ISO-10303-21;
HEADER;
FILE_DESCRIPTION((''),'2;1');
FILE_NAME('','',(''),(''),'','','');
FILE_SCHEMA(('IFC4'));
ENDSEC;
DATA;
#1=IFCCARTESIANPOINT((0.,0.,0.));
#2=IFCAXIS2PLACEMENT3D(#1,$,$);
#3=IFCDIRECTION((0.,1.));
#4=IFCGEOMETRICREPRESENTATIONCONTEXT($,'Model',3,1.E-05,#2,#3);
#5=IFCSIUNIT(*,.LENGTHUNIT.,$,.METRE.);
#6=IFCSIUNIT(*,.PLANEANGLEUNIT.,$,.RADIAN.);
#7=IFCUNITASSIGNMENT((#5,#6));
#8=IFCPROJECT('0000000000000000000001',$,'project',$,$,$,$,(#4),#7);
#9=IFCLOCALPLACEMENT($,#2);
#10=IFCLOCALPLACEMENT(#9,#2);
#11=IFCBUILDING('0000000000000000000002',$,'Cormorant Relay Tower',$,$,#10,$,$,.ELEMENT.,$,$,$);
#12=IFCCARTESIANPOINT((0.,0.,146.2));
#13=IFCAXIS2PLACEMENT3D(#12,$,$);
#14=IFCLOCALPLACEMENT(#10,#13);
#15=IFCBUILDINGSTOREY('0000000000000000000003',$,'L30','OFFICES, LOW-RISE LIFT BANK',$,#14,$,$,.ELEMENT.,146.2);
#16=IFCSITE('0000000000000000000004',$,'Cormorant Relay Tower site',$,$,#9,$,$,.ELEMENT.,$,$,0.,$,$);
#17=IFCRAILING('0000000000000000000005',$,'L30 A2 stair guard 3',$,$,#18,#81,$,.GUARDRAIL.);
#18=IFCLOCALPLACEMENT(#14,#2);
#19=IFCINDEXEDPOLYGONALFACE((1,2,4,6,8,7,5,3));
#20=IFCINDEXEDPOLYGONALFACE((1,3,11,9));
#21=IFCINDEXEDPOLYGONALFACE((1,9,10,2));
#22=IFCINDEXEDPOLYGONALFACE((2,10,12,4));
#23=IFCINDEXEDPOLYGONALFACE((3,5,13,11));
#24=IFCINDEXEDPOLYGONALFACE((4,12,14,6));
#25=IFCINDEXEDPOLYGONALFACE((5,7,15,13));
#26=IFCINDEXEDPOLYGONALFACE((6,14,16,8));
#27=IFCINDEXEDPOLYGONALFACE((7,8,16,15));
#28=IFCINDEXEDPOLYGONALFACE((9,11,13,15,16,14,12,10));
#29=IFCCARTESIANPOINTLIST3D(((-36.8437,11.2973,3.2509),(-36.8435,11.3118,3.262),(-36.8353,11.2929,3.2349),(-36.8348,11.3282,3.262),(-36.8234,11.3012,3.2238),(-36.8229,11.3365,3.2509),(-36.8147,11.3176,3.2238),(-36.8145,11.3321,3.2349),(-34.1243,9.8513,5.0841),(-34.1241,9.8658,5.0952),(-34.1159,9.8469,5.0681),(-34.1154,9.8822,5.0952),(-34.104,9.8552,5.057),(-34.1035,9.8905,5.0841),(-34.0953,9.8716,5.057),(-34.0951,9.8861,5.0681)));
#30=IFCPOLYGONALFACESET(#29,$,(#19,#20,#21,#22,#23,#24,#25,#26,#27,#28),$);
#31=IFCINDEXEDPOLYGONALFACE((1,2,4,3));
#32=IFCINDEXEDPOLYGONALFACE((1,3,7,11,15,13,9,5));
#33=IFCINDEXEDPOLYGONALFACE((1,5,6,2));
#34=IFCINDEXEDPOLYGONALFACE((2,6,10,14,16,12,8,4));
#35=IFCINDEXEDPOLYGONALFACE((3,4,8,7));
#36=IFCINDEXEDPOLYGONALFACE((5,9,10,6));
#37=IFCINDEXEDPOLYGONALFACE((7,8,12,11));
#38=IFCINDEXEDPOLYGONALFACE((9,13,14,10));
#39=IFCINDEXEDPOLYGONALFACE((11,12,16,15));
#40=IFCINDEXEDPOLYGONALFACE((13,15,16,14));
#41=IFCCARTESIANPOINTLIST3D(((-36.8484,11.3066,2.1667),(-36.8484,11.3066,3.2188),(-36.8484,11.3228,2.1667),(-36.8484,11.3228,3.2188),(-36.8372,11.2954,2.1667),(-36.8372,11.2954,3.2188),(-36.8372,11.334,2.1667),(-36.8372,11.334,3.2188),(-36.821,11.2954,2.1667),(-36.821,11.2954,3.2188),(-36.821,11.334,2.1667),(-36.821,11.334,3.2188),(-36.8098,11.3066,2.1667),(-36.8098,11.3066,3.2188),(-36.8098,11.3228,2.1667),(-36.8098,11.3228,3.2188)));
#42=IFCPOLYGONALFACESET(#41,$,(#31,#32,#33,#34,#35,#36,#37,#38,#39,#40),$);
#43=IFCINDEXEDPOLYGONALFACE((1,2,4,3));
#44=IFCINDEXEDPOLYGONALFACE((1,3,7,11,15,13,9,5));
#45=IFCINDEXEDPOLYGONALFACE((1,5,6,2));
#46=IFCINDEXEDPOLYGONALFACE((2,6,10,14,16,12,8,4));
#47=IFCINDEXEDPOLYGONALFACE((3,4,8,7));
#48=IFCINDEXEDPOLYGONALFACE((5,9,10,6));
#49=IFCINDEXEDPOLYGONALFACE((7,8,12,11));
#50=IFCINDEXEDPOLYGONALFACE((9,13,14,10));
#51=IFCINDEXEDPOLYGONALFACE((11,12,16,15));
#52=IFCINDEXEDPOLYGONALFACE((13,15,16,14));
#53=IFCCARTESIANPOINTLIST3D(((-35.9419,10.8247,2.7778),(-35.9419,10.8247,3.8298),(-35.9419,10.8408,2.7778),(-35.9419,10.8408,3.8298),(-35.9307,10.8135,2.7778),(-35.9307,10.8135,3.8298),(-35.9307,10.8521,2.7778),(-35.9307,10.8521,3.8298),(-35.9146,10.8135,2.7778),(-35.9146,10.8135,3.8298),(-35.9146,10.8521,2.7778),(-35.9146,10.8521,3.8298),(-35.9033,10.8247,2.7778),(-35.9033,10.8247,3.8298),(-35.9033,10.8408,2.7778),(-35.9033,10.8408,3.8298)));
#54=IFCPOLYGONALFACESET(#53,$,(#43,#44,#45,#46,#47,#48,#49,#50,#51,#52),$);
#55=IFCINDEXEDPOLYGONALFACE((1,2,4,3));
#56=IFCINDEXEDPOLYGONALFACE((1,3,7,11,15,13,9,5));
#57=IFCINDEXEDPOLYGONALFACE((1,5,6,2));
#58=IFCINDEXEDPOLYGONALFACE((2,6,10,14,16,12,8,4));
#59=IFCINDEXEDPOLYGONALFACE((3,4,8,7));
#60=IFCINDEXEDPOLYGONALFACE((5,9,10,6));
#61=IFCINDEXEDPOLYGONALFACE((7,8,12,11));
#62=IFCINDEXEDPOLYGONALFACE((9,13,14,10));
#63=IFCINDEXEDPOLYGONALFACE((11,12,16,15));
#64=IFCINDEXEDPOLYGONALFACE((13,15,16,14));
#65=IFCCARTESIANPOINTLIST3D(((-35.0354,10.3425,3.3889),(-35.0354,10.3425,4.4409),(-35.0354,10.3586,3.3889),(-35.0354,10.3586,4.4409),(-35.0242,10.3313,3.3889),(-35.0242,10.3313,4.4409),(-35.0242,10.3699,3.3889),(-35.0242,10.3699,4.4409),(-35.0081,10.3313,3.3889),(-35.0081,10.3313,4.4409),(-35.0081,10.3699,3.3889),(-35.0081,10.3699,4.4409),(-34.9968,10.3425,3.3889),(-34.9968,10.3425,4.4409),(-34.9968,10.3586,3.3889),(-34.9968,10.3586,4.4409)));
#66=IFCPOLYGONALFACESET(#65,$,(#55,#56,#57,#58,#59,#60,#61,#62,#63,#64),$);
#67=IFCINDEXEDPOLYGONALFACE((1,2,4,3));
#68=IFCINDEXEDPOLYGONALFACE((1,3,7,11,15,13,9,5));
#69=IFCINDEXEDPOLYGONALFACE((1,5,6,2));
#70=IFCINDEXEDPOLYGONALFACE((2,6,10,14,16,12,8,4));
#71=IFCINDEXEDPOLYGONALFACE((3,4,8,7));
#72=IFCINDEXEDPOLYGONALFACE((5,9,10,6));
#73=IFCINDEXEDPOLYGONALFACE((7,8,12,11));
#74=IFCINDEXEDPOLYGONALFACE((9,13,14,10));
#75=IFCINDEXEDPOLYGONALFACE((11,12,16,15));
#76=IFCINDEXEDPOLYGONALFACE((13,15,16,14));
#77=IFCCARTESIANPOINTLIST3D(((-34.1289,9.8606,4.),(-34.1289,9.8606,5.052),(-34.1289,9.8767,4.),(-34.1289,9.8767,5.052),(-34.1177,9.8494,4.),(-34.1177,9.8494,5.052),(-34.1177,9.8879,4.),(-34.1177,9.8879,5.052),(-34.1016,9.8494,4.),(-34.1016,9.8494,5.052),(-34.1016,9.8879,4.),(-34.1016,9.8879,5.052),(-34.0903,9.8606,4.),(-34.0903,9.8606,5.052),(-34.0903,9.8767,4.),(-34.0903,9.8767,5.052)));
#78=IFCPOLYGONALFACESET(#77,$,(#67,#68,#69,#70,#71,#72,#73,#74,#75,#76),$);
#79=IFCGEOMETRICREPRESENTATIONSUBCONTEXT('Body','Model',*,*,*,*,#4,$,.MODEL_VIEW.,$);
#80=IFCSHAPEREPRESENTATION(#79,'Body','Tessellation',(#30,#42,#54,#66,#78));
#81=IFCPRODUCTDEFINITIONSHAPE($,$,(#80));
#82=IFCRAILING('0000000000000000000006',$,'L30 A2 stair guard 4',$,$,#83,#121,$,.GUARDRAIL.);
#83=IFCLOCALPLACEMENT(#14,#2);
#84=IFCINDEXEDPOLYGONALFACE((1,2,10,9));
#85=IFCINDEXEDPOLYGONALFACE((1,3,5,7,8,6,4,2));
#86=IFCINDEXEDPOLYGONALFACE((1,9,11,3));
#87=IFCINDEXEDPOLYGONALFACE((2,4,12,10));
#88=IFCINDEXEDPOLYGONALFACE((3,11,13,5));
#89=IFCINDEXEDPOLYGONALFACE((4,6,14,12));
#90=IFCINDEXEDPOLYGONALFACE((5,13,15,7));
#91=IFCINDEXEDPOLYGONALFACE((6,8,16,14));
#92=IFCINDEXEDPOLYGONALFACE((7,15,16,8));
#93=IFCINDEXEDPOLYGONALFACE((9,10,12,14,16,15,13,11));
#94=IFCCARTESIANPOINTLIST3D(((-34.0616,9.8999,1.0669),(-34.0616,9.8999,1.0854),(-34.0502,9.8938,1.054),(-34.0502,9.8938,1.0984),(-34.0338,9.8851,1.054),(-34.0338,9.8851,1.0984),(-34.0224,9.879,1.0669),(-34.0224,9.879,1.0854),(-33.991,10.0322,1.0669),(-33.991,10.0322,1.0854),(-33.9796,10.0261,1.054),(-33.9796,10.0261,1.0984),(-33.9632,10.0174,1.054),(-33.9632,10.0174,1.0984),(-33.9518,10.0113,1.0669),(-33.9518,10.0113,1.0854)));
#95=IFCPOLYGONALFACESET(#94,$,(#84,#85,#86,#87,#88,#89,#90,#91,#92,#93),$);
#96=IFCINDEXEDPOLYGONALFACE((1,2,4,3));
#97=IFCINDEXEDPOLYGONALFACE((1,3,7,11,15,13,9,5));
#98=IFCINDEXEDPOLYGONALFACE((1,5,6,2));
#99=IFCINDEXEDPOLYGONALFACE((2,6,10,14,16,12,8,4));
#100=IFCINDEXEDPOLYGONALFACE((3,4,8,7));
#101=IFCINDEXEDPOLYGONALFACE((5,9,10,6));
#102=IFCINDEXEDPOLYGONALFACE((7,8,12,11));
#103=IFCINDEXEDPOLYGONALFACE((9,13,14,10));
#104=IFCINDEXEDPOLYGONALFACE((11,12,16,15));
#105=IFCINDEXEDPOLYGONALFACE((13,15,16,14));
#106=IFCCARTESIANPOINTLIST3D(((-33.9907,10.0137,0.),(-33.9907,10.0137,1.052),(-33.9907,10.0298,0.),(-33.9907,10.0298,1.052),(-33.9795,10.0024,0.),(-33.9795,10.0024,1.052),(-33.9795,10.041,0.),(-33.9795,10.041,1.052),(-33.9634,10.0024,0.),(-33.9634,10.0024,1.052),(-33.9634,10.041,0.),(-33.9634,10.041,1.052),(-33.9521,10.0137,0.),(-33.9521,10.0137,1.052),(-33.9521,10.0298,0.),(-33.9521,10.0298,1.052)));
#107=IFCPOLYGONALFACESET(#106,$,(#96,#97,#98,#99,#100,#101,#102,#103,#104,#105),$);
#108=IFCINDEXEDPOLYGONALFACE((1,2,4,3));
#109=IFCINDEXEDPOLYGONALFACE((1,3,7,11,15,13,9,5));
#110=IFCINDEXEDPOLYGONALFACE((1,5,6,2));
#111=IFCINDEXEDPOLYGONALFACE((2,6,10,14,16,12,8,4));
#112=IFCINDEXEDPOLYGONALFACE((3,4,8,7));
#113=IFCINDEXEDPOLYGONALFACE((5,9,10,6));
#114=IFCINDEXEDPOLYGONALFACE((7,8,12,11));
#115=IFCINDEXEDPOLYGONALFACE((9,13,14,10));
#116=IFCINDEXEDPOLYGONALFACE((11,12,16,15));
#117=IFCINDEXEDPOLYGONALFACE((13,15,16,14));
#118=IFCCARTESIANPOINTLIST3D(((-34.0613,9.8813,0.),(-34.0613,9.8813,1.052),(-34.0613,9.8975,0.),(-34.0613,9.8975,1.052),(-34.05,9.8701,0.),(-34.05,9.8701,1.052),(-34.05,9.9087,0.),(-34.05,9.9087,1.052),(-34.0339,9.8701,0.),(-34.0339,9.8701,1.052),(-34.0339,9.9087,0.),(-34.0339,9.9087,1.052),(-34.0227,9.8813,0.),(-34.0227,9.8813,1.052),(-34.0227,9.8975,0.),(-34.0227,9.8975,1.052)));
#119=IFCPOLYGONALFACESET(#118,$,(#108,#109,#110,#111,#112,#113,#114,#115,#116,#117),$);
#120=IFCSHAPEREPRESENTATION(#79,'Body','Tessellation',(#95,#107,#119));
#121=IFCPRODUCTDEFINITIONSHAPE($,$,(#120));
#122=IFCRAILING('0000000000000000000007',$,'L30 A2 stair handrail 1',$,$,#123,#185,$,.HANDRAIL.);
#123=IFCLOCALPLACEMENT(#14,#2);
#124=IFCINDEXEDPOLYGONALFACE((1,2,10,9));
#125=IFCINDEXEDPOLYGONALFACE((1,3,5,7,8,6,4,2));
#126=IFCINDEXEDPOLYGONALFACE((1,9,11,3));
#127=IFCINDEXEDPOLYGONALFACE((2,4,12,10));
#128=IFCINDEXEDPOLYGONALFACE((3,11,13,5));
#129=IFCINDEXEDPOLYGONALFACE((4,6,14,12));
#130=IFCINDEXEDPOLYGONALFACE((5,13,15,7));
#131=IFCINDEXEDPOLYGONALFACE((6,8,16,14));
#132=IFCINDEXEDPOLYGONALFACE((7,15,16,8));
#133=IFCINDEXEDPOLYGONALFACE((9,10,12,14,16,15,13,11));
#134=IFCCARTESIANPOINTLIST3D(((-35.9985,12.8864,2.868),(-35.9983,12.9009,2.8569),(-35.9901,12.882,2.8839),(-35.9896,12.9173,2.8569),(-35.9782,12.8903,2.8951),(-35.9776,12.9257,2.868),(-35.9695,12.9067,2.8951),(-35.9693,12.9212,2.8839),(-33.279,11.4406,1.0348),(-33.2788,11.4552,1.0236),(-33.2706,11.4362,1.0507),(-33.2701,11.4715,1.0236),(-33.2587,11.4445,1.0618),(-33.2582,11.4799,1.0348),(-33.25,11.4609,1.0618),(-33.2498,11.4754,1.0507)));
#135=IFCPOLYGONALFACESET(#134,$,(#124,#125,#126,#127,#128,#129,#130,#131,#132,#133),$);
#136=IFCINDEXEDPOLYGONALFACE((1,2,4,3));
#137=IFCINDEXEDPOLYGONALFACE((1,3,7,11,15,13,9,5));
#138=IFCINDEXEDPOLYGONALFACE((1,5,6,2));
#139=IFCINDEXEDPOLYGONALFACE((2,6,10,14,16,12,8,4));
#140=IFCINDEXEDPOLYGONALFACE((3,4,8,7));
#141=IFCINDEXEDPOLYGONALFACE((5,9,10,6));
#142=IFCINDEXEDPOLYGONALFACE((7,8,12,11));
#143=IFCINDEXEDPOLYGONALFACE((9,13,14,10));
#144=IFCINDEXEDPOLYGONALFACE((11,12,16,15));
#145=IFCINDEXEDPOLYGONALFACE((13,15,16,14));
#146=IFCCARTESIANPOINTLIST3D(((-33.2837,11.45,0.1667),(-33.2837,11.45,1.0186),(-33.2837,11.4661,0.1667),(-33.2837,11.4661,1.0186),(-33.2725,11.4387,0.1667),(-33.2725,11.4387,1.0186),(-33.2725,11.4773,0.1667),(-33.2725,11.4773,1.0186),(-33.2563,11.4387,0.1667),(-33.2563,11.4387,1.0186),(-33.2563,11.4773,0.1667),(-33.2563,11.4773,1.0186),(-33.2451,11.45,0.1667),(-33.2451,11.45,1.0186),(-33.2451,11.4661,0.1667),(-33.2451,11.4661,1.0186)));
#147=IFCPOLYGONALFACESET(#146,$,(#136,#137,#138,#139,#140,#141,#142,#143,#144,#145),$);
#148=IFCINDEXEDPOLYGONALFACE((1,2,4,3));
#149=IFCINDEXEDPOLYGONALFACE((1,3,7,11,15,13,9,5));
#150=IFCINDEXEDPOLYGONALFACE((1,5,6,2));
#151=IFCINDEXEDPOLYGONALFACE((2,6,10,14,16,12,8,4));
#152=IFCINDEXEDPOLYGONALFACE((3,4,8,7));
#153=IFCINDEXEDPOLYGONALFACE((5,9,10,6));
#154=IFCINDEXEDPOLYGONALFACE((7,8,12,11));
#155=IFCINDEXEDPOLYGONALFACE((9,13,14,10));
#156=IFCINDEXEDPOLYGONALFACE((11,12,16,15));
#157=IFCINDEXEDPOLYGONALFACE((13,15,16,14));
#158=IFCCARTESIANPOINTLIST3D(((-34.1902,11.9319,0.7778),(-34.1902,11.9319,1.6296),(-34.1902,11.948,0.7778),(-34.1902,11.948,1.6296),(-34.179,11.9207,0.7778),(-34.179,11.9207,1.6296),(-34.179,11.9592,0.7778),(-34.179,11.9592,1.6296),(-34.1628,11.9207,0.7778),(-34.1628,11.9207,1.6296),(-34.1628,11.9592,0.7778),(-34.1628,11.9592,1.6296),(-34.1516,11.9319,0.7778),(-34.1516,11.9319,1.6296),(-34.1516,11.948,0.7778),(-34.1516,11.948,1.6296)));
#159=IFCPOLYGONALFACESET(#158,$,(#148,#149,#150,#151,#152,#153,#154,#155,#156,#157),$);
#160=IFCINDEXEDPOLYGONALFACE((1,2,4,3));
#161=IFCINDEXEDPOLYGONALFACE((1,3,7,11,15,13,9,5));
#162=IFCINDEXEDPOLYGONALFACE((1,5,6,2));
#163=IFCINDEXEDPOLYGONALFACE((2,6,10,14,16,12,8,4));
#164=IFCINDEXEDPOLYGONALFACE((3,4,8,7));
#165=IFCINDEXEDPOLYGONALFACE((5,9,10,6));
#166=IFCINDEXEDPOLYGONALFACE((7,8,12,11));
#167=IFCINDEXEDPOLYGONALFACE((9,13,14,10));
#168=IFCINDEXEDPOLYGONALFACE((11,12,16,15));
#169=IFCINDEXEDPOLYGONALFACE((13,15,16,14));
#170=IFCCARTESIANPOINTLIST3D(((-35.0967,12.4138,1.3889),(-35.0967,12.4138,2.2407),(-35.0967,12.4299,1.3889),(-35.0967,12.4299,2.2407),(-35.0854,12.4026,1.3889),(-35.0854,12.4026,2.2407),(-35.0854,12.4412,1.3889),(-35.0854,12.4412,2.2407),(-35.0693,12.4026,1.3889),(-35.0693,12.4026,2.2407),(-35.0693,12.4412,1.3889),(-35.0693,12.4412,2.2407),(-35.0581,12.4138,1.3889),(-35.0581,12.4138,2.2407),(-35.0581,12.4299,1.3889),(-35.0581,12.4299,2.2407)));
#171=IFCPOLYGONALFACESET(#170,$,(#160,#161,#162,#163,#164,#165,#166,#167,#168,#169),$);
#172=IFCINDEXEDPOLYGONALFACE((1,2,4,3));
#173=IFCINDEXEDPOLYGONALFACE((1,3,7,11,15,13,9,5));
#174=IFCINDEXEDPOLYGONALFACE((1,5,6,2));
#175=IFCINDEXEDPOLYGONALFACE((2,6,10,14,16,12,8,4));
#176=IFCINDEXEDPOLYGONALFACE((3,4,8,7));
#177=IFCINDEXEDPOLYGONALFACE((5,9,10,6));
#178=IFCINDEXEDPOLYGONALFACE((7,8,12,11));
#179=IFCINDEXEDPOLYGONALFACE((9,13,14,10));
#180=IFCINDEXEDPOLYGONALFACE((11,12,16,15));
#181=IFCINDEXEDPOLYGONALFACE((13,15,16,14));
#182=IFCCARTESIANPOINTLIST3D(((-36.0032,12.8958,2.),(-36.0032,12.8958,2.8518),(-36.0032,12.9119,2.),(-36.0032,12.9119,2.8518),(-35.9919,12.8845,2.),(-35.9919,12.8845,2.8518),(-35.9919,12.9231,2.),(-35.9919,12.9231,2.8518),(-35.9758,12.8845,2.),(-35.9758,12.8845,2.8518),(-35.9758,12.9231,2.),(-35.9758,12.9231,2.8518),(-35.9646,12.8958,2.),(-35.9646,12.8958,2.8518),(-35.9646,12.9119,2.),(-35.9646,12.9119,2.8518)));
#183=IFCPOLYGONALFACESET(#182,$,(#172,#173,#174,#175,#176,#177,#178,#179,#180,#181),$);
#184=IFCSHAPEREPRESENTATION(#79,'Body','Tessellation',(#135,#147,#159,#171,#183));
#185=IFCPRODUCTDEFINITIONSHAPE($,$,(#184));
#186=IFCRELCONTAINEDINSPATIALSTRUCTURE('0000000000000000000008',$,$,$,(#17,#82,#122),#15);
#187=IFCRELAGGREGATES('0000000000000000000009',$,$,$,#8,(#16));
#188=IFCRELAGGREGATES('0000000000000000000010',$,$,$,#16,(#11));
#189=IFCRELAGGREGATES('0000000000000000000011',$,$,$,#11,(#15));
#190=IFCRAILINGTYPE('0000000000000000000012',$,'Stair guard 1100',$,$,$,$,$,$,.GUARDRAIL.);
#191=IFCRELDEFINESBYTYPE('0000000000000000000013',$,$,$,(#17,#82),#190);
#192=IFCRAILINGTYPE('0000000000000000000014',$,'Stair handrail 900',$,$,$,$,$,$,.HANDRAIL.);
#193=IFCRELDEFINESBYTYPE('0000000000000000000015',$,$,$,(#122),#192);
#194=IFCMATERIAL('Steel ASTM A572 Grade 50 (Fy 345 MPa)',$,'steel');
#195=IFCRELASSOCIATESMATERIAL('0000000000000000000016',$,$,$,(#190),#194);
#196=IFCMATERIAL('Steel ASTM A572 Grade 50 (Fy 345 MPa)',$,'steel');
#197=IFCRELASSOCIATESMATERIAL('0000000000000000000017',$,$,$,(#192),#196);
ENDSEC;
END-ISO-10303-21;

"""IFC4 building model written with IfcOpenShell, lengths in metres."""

from ifc_helpers import new_model, si_unit, direction, frame, origin, place, context, subcontext, project, spatial, polyline, outline, extrude, material, type_object, element, save


model = new_model("IFC4")

# Units and contexts
model_context = context("Model", 3, precision=1e-05, world=origin(), true_north=direction((0.0, 1.0)))
body_context = subcontext(model_context, "Body", "Model", "MODEL_VIEW")
ifc_project = project(units=[si_unit("LENGTHUNIT", "METRE"), si_unit("PLANEANGLEUNIT", "RADIAN")], contexts=[model_context])

# Site, building, storey
site_placement = place(None, origin())
site = spatial("IfcSite", under=ifc_project, at=site_placement, Name="Cormorant Relay Tower site", CompositionType="ELEMENT", RefElevation=0.0)
building_placement = place(site_placement, origin())
building = spatial("IfcBuilding", under=site, at=building_placement, Name="Cormorant Relay Tower", CompositionType="ELEMENT")
storey_placement = place(building_placement, frame((0.0, 0.0, 146.2)))
storey = spatial("IfcBuildingStorey", under=building, at=storey_placement, Name="L30", Description="OFFICES, LOW-RISE LIFT BANK", CompositionType="ELEMENT", Elevation=146.2)

# Railings
ifc_material_1 = material(Name="Steel ASTM A572 Grade 50 (Fy 345 MPa)", Category="steel")
railing_type_1 = type_object("IfcRailingType", Name="Stair guard 1100", PredefinedType="GUARDRAIL", material=ifc_material_1)
railing_1_placement = place(storey_placement, frame((-36.8291, 11.3147, 2.1667)))
element("IfcRailing", 1, at=railing_1_placement, inside=storey, type_object=railing_type_1, Name="L30 A2 stair guard 3", PredefinedType="GUARDRAIL", context=body_context, shape_type="SweptSolid", body=[
    extrude(outline(polyline([(0.0222, 0.0093), (0.0093, 0.0222), (-0.0093, 0.0222), (-0.0222, 0.0093), (-0.0222, -0.0093), (-0.0093, -0.0222), (0.0093, -0.0222), (0.0222, -0.0093), (0.0222, 0.0093)])), frame((0.0, 0.0, 1.0762), z_axis=(0.758714, -0.403435, 0.511463), x_axis=(0.469489, 0.882938, 0.0)), (0.0, 0.0, 1.0), 3.5842),
    extrude(outline(polyline([(0.0193, 0.0081), (0.0081, 0.0193), (-0.0081, 0.0193), (-0.0193, 0.0081), (-0.0193, -0.0081), (-0.0081, -0.0193), (0.0081, -0.0193), (0.0193, -0.0081), (0.0193, 0.0081)])), origin(), (0.0, 0.0, 1.0), 1.052),
    extrude(outline(polyline([(0.0193, 0.0081), (0.0081, 0.0193), (-0.0081, 0.0193), (-0.0193, 0.0081), (-0.0193, -0.0081), (-0.0081, -0.0193), (0.0081, -0.0193), (0.0193, -0.0081), (0.0193, 0.0081)])), frame((0.9065, -0.4819, 0.6111)), (0.0, 0.0, 1.0), 1.052),
    extrude(outline(polyline([(0.0193, 0.0081), (0.0081, 0.0193), (-0.0081, 0.0193), (-0.0193, 0.0081), (-0.0193, -0.0081), (-0.0081, -0.0193), (0.0081, -0.0193), (0.0193, -0.0081), (0.0193, 0.0081)])), frame((1.813, -0.9641, 1.2222)), (0.0, 0.0, 1.0), 1.052),
    extrude(outline(polyline([(0.0193, 0.0081), (0.0081, 0.0193), (-0.0081, 0.0193), (-0.0193, 0.0081), (-0.0193, -0.0081), (-0.0081, -0.0193), (0.0081, -0.0193), (0.0193, -0.0081), (0.0193, 0.0081)])), frame((2.7195, -1.446, 1.8333)), (0.0, 0.0, 1.0), 1.052),
])
railing_2_placement = place(storey_placement, frame((-33.9714, 10.0217, 0.0)))
element("IfcRailing", 2, at=railing_2_placement, inside=storey, type_object=railing_type_1, Name="L30 A2 stair guard 4", PredefinedType="GUARDRAIL", context=body_context, shape_type="SweptSolid", body=[
    extrude(outline(polyline([(0.0222, 0.0093), (0.0093, 0.0222), (-0.0093, 0.0222), (-0.0222, 0.0093), (-0.0222, -0.0093), (-0.0093, -0.0222), (0.0093, -0.0222), (0.0222, -0.0093), (0.0222, 0.0093)])), frame((0.0, 0.0, 1.0762), z_axis=(-0.470504, -0.882398, 0.0), x_axis=(0.882398, -0.470504, 0.0)), (0.0, 0.0, 1.0), 0.1499),
    extrude(outline(polyline([(0.0193, 0.0081), (0.0081, 0.0193), (-0.0081, 0.0193), (-0.0193, 0.0081), (-0.0193, -0.0081), (-0.0081, -0.0193), (0.0081, -0.0193), (0.0193, -0.0081), (0.0193, 0.0081)])), origin(), (0.0, 0.0, 1.0), 1.052),
    extrude(outline(polyline([(0.0193, 0.0081), (0.0081, 0.0193), (-0.0081, 0.0193), (-0.0193, 0.0081), (-0.0193, -0.0081), (-0.0081, -0.0193), (0.0081, -0.0193), (0.0193, -0.0081), (0.0193, 0.0081)])), frame((-0.0706, -0.1323, 0.0)), (0.0, 0.0, 1.0), 1.052),
])
ifc_material_2 = material(Name="Steel ASTM A572 Grade 50 (Fy 345 MPa)", Category="steel")
railing_type_2 = type_object("IfcRailingType", Name="Stair handrail 900", PredefinedType="HANDRAIL", material=ifc_material_2)
railing_3_placement = place(storey_placement, frame((-33.2644, 11.458, 0.1667)))
element("IfcRailing", 3, at=railing_3_placement, inside=storey, type_object=railing_type_2, Name="L30 A2 stair handrail 1", PredefinedType="HANDRAIL", context=body_context, shape_type="SweptSolid", body=[
    extrude(outline(polyline([(0.0222, 0.0093), (0.0093, 0.0222), (-0.0093, 0.0222), (-0.0222, 0.0093), (-0.0222, -0.0093), (-0.0093, -0.0222), (0.0093, -0.0222), (0.0222, -0.0093), (0.0222, 0.0093)])), frame((0.0, 0.0, 0.876), z_axis=(-0.758735, 0.403378, 0.511477), x_axis=(-0.469428, -0.882971, 0.0)), (0.0, 0.0, 1.0), 3.5842),
    extrude(outline(polyline([(0.0193, 0.0081), (0.0081, 0.0193), (-0.0081, 0.0193), (-0.0193, 0.0081), (-0.0193, -0.0081), (-0.0081, -0.0193), (0.0081, -0.0193), (0.0193, -0.0081), (0.0193, 0.0081)])), origin(), (0.0, 0.0, 1.0), 0.8518),
    extrude(outline(polyline([(0.0193, 0.0081), (0.0081, 0.0193), (-0.0081, 0.0193), (-0.0193, 0.0081), (-0.0193, -0.0081), (-0.0081, -0.0193), (0.0081, -0.0193), (0.0193, -0.0081), (0.0193, 0.0081)])), frame((-0.9065, 0.4819, 0.6111)), (0.0, 0.0, 1.0), 0.8518),
    extrude(outline(polyline([(0.0193, 0.0081), (0.0081, 0.0193), (-0.0081, 0.0193), (-0.0193, 0.0081), (-0.0193, -0.0081), (-0.0081, -0.0193), (0.0081, -0.0193), (0.0193, -0.0081), (0.0193, 0.0081)])), frame((-1.813, 0.9639, 1.2222)), (0.0, 0.0, 1.0), 0.8518),
    extrude(outline(polyline([(0.0193, 0.0081), (0.0081, 0.0193), (-0.0081, 0.0193), (-0.0193, 0.0081), (-0.0193, -0.0081), (-0.0081, -0.0193), (0.0081, -0.0193), (0.0193, -0.0081), (0.0193, 0.0081)])), frame((-2.7195, 1.4458, 1.8333)), (0.0, 0.0, 1.0), 0.8518),
])

save(model, "model.ifc")
